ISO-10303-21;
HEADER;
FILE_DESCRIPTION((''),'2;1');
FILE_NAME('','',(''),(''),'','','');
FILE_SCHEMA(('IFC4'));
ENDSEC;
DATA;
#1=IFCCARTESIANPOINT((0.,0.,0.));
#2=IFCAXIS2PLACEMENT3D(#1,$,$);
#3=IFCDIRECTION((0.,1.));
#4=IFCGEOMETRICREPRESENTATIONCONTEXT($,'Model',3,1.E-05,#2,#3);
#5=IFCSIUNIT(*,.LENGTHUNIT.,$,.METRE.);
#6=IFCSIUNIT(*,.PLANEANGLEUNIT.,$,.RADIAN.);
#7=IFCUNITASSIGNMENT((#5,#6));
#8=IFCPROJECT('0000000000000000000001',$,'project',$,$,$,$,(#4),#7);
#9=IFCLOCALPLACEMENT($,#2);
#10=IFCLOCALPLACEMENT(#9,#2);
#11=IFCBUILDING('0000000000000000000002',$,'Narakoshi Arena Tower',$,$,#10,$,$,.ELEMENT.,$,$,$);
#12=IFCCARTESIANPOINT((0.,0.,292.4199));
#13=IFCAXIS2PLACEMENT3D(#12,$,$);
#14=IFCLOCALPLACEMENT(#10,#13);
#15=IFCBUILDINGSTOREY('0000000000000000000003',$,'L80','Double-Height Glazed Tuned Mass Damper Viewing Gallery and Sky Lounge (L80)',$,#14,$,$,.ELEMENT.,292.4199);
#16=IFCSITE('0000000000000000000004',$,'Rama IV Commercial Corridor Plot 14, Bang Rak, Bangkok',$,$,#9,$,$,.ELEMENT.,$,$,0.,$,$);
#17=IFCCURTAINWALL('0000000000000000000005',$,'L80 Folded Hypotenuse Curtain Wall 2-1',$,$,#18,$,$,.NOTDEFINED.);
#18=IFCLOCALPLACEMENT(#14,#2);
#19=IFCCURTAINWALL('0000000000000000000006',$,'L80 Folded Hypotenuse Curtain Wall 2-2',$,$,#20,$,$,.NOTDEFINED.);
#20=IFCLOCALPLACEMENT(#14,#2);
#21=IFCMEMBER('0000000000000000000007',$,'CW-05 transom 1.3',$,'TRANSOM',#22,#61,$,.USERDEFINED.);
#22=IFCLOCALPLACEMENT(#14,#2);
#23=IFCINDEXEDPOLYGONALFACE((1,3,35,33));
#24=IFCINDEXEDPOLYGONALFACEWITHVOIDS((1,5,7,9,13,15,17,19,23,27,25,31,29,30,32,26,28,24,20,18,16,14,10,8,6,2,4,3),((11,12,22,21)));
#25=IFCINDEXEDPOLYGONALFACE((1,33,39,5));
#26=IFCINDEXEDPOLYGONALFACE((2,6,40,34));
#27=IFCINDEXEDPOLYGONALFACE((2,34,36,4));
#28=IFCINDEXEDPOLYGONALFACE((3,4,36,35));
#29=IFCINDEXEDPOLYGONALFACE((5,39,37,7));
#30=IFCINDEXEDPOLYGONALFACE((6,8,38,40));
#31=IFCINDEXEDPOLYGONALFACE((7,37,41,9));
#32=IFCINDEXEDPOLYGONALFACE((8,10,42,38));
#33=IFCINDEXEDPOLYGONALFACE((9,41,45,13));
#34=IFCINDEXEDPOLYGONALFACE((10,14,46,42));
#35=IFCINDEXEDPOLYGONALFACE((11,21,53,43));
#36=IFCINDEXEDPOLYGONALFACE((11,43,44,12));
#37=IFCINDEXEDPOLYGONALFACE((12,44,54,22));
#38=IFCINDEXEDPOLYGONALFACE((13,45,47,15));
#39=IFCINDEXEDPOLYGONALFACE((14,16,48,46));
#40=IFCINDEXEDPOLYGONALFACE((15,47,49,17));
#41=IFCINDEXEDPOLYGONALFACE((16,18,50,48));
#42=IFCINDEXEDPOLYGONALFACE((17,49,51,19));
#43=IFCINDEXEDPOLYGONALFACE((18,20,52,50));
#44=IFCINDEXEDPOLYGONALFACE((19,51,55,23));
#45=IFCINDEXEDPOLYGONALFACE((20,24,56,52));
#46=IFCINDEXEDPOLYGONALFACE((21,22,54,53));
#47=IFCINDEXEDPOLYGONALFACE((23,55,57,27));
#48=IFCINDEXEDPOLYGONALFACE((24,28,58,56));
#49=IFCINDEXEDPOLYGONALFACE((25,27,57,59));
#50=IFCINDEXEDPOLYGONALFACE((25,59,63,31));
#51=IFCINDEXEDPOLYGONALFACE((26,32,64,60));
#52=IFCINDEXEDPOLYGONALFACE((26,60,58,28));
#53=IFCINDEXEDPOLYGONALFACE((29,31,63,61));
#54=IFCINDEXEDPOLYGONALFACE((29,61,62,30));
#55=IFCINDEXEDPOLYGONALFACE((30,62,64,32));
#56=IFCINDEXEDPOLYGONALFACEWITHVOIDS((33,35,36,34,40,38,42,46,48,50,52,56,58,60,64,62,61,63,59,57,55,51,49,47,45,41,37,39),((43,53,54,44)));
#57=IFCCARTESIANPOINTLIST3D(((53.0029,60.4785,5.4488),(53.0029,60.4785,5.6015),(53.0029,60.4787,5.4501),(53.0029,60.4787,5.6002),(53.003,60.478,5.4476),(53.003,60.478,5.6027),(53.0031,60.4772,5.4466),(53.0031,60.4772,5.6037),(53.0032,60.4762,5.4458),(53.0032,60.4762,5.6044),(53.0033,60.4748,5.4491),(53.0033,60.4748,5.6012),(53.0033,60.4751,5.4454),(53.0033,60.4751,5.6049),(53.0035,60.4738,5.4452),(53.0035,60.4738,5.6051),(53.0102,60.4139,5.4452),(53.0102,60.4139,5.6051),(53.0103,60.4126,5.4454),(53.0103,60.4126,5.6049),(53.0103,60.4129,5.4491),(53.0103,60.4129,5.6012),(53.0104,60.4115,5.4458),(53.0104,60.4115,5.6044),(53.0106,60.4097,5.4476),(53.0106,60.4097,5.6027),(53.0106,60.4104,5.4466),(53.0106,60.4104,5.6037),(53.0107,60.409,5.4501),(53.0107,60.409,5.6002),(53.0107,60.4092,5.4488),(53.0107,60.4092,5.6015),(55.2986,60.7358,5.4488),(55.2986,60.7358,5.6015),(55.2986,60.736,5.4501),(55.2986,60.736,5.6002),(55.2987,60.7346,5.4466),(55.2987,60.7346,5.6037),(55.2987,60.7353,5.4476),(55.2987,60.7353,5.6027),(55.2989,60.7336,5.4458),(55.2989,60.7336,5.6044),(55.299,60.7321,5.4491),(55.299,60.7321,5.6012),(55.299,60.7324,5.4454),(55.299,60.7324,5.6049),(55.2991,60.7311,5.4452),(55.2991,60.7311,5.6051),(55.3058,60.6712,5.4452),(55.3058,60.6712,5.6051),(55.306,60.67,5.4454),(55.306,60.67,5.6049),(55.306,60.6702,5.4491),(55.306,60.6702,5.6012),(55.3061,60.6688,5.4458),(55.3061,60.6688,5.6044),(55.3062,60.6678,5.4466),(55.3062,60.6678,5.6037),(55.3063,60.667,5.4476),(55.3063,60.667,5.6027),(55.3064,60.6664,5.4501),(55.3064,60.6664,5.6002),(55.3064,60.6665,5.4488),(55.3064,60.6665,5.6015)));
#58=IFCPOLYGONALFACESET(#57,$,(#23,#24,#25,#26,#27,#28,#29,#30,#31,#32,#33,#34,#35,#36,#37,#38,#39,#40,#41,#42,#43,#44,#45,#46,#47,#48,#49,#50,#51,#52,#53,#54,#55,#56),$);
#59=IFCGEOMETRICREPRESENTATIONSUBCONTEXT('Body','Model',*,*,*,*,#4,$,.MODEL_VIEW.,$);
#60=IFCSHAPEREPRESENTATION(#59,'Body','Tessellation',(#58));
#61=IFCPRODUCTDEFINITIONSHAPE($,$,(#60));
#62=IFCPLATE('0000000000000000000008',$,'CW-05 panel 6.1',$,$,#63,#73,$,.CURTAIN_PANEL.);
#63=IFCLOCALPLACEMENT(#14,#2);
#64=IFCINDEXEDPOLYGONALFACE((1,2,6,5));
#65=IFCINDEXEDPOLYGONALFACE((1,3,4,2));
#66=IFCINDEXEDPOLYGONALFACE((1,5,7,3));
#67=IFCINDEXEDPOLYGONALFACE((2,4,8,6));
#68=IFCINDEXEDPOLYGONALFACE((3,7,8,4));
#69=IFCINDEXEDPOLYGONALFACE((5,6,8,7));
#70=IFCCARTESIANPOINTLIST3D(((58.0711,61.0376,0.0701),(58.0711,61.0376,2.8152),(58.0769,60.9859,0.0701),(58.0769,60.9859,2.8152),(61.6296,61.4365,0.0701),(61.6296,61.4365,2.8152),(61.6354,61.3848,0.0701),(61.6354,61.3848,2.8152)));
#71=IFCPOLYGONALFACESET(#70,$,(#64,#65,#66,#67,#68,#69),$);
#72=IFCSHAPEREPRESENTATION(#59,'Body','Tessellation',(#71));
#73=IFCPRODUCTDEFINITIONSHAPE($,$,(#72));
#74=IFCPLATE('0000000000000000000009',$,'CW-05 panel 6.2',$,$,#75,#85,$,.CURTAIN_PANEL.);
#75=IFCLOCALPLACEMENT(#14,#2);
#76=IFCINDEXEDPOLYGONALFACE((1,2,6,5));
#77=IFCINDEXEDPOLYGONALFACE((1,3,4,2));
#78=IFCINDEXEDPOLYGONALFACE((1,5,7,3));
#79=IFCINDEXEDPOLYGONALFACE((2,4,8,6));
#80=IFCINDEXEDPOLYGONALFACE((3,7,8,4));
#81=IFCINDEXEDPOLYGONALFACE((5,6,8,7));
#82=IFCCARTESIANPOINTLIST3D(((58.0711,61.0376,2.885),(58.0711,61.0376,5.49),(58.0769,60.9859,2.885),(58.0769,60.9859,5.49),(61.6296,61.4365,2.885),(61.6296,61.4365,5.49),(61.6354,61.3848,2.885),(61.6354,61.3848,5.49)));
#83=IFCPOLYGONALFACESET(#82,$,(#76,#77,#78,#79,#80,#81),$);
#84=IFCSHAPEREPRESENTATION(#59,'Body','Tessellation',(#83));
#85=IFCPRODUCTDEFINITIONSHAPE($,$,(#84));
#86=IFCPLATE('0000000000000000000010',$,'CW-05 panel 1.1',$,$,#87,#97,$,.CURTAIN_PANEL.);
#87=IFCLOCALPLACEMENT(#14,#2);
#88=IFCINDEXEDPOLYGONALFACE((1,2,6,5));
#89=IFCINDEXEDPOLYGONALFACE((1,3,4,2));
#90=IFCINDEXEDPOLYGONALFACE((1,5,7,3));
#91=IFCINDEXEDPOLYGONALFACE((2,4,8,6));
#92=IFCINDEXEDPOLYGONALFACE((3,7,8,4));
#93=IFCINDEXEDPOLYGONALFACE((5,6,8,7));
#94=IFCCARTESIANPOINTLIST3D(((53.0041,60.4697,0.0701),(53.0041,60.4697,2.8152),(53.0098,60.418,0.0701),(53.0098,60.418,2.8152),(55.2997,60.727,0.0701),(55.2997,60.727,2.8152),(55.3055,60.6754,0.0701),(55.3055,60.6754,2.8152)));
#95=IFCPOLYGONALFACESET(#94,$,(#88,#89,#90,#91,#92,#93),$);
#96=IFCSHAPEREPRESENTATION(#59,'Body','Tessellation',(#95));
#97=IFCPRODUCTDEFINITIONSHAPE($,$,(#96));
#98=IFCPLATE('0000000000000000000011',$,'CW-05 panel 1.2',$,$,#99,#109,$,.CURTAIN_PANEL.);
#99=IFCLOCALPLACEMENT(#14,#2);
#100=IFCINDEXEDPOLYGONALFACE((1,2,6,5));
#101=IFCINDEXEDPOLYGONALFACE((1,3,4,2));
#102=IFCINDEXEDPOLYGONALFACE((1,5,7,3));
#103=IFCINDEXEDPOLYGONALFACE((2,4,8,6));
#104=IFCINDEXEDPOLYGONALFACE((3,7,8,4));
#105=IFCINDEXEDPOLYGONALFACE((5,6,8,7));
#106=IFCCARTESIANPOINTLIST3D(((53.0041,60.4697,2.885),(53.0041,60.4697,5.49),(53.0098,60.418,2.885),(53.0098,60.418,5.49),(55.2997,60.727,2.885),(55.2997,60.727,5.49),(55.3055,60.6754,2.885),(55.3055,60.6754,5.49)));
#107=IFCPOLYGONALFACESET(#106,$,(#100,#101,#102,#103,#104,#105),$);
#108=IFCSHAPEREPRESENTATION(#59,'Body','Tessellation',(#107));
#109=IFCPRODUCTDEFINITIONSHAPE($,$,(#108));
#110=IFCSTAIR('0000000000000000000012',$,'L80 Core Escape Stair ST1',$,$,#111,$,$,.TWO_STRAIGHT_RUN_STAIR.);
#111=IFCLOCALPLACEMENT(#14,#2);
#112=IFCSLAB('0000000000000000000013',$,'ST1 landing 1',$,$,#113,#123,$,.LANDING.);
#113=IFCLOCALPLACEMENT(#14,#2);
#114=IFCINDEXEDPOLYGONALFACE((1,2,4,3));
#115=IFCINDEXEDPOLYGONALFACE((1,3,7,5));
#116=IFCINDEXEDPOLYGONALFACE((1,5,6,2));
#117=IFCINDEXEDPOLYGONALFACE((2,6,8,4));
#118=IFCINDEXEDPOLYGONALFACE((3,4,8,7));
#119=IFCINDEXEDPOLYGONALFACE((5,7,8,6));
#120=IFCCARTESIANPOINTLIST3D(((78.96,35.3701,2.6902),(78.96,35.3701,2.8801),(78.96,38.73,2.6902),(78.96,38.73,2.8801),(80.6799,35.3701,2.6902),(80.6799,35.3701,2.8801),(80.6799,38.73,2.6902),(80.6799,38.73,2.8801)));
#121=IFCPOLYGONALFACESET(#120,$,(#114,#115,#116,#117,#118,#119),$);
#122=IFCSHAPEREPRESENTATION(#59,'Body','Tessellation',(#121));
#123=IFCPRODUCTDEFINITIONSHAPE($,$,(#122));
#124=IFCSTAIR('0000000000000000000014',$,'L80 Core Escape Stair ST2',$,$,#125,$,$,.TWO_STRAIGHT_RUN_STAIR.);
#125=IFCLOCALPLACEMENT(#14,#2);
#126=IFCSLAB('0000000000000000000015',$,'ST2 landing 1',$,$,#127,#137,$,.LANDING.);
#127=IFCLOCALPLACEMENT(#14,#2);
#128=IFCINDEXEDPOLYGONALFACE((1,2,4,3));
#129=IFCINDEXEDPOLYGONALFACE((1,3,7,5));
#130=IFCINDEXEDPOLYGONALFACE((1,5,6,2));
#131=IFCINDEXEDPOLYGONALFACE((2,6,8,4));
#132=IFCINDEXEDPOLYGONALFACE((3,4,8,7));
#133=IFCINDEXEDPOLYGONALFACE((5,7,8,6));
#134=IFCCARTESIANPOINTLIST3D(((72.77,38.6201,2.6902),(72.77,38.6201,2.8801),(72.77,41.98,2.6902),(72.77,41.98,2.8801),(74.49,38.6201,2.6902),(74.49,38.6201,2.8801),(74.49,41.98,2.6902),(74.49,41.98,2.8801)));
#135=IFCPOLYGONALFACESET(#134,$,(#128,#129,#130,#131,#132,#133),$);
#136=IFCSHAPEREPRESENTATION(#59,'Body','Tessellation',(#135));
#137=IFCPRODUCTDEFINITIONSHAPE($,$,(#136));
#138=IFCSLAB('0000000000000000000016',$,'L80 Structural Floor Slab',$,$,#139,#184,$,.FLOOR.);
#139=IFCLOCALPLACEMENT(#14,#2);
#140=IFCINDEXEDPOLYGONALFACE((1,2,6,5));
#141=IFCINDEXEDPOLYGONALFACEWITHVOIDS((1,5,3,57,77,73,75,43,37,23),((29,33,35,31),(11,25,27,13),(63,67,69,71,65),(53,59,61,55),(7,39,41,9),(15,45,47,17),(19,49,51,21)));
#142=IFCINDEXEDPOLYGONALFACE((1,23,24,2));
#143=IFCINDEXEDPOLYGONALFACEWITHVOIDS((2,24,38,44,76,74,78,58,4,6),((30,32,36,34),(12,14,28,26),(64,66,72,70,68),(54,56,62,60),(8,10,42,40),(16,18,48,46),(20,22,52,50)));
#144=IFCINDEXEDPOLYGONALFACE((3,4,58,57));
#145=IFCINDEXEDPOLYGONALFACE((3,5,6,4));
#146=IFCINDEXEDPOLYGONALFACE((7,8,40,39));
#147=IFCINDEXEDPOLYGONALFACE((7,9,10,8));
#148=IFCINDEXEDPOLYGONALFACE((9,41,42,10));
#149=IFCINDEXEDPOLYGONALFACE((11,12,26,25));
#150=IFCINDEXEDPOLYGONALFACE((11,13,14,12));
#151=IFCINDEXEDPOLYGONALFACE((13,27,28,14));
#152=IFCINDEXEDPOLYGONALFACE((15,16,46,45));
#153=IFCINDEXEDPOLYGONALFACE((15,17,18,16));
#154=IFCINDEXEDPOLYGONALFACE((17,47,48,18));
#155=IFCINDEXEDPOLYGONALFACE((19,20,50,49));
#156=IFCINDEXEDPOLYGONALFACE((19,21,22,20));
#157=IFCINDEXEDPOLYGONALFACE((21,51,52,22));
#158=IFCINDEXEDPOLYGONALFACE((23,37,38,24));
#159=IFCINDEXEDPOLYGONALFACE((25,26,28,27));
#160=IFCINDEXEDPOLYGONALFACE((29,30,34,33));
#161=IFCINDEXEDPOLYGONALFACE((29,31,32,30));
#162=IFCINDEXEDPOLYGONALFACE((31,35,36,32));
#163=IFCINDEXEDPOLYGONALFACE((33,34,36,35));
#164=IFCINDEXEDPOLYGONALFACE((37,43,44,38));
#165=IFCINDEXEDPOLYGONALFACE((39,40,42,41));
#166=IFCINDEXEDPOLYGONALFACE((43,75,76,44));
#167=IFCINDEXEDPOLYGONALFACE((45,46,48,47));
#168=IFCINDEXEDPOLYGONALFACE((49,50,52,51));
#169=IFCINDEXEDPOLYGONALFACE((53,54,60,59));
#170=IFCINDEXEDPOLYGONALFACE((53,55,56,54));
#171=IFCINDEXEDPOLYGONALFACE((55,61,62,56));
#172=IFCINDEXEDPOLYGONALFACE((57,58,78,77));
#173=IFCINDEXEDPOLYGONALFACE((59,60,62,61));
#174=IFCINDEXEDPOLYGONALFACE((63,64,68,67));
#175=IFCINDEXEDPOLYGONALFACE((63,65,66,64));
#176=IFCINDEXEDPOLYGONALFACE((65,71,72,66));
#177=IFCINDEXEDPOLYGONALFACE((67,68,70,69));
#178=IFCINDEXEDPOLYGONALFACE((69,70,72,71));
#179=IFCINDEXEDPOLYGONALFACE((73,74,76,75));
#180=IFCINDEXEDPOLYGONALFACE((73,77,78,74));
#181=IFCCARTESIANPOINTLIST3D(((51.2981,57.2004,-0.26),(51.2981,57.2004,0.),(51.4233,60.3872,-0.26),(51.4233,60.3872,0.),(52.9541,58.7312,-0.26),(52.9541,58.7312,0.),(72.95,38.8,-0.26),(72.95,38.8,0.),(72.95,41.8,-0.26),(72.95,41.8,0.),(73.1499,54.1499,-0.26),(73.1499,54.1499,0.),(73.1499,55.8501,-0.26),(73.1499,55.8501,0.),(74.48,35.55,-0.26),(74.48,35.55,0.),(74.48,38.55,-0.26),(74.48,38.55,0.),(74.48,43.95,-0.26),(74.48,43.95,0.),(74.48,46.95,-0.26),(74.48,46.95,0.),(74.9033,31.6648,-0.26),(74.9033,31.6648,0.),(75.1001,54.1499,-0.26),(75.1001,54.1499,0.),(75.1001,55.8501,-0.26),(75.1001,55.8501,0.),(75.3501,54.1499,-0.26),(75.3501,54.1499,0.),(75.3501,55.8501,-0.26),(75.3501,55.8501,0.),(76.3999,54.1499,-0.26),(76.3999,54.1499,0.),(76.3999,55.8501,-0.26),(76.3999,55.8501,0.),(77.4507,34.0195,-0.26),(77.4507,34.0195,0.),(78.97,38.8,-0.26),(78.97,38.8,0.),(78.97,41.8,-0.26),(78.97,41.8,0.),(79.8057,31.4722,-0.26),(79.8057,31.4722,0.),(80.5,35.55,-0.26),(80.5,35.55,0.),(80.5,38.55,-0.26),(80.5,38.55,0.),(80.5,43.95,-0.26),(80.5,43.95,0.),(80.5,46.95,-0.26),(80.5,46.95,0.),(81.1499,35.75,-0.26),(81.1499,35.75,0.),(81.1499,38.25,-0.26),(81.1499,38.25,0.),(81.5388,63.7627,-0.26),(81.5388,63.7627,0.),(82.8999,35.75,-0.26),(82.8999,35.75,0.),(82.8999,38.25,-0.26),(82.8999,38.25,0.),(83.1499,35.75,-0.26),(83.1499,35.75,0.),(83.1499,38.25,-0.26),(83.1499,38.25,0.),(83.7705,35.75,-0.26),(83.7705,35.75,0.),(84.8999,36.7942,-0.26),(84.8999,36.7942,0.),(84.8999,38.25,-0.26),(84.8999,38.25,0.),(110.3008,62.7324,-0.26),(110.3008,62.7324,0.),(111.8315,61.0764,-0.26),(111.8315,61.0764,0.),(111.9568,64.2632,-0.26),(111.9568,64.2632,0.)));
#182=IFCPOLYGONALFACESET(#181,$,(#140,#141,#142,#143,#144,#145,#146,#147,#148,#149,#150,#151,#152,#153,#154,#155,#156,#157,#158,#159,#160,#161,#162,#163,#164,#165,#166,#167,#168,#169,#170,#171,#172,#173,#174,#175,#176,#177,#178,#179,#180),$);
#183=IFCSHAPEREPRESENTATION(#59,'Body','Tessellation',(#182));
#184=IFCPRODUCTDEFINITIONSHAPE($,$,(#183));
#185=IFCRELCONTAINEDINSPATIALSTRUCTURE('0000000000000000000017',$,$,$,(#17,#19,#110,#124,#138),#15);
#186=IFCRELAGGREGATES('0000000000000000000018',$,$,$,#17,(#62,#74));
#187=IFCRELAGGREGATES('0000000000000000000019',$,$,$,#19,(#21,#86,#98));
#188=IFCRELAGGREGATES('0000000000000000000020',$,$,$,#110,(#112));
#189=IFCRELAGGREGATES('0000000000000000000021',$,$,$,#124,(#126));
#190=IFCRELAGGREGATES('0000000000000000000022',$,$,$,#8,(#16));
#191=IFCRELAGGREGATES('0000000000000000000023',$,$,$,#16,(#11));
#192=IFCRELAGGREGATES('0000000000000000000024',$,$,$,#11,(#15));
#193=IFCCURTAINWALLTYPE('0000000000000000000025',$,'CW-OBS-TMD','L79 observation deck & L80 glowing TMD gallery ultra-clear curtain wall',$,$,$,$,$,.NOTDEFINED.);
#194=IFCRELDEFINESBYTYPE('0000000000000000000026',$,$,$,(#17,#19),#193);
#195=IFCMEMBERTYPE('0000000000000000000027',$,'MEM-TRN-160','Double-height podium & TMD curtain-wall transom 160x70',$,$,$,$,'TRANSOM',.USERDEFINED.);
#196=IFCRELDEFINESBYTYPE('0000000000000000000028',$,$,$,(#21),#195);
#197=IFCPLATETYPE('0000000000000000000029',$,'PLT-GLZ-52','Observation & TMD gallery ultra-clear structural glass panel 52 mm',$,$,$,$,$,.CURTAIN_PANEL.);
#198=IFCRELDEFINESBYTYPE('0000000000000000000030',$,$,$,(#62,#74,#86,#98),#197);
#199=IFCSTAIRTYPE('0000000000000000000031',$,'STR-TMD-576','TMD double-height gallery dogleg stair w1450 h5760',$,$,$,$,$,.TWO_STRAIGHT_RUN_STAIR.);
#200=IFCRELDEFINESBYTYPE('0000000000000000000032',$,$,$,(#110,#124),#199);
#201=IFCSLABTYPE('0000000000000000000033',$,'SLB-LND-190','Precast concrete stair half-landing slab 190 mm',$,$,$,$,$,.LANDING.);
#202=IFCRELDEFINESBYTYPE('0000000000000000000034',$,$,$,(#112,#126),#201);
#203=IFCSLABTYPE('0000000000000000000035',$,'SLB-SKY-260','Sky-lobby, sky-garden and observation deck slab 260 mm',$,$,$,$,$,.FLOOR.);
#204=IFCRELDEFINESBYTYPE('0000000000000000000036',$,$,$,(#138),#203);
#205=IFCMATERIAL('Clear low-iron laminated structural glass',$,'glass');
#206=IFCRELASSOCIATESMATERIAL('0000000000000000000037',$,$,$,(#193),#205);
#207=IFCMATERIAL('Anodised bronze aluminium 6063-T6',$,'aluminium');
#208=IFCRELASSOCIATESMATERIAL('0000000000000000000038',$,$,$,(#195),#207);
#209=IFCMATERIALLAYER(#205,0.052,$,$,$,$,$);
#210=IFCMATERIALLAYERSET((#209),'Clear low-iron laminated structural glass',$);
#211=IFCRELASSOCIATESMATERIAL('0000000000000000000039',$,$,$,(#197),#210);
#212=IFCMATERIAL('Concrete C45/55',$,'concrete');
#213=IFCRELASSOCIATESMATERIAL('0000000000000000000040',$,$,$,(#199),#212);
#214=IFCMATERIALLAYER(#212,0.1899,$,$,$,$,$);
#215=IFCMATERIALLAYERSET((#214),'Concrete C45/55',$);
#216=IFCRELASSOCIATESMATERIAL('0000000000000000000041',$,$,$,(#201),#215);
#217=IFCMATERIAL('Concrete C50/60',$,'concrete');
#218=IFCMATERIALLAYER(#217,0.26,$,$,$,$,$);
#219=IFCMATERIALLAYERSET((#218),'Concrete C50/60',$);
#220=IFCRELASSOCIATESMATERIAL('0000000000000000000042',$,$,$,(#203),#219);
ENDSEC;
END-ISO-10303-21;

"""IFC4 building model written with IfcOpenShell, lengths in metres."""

from ifc_helpers import new_model, si_unit, direction, frame, origin, origin_2d, place, context, subcontext, project, spatial, polyline, rectangle, hollow_rectangle, outline, extrude, material, layer, layer_set, material_profile, profile_set, type_object, element, aggregate, save


model = new_model("IFC4")

# Units and contexts
model_context = context("Model", 3, precision=1e-05, world=origin(), true_north=direction((0.0, 1.0)))
body_context = subcontext(model_context, "Body", "Model", "MODEL_VIEW")
ifc_project = project(units=[si_unit("LENGTHUNIT", "METRE"), si_unit("PLANEANGLEUNIT", "RADIAN")], contexts=[model_context])

# Site, building, storey
site_placement = place(None, origin())
site = spatial("IfcSite", under=ifc_project, at=site_placement, Name="Rama IV Commercial Corridor Plot 14, Bang Rak, Bangkok", CompositionType="ELEMENT", RefElevation=0.0)
building_placement = place(site_placement, origin())
building = spatial("IfcBuilding", under=site, at=building_placement, Name="Narakoshi Arena Tower", CompositionType="ELEMENT")
storey_placement = place(building_placement, frame((0.0, 0.0, 292.4199)))
storey = spatial("IfcBuildingStorey", under=building, at=storey_placement, Name="L80", Description="Double-Height Glazed Tuned Mass Damper Viewing Gallery and Sky Lounge (L80)", CompositionType="ELEMENT", Elevation=292.4199)

# Curtain walls
ifc_material_1 = material(Name="Clear low-iron laminated structural glass", Category="glass")
curtain_wall_type = type_object("IfcCurtainWallType", Name="CW-OBS-TMD", Description="L79 observation deck & L80 glowing TMD gallery ultra-clear curtain wall", PredefinedType="NOTDEFINED", material=ifc_material_1)
curtain_wall_1_placement = place(storey_placement, origin())
curtain_wall_1 = element("IfcCurtainWall", 1, at=curtain_wall_1_placement, inside=storey, type_object=curtain_wall_type, Name="L80 Folded Hypotenuse Curtain Wall 2-1", PredefinedType="NOTDEFINED")
ifc_material_2 = material(Name="Anodised bronze aluminium 6063-T6", Category="aluminium")
curtain_wall_2_placement = place(storey_placement, origin())
curtain_wall_2 = element("IfcCurtainWall", 2, at=curtain_wall_2_placement, inside=storey, type_object=curtain_wall_type, Name="L80 Folded Hypotenuse Curtain Wall 2-2", PredefinedType="NOTDEFINED")

# Member
ifc_material_profile_1 = material_profile(ifc_material_2, hollow_rectangle(XDim=0.0701, YDim=0.1599, WallThickness=0.0039, OuterFilletRadius=0.0049, at=origin_2d()), Name="TRN160x70x4")
ifc_profile_set_1 = profile_set([ifc_material_profile_1], Name="Anodised bronze aluminium 6063-T6")
member_type_1 = type_object("IfcMemberType", Name="MEM-TRN-160", Description="Double-height podium & TMD curtain-wall transom 160x70", ElementType="TRANSOM", PredefinedType="USERDEFINED", material=ifc_profile_set_1)
member_1_placement = place(storey_placement, frame((55.3025, 60.7012, 5.5251), z_axis=(-0.993776, -0.111394, 0.0), x_axis=(0.111394, -0.993776, 0.0)))
member_1 = element("IfcMember", 3, at=member_1_placement, type_object=member_type_1, Name="CW-05 transom 1.3", ObjectType="TRANSOM", PredefinedType="USERDEFINED", context=body_context, shape_type="SweptSolid", body=[
    extrude(hollow_rectangle(XDim=0.0701, YDim=0.1599, WallThickness=0.0039, OuterFilletRadius=0.0049, at=origin_2d()), origin(), (0.0, 0.0, 1.0), 2.3101),
])

# Plates
ifc_layer_1 = layer(ifc_material_1, 0.052)
ifc_layer_set_1 = layer_set([ifc_layer_1], Name="Clear low-iron laminated structural glass")
plate_type = type_object("IfcPlateType", Name="PLT-GLZ-52", Description="Observation & TMD gallery ultra-clear structural glass panel 52 mm", PredefinedType="CURTAIN_PANEL", material=ifc_layer_set_1)
plate_1_placement = place(storey_placement, frame((59.8533, 61.2112, 0.0701), z_axis=(0.0, 0.0, 1.0), x_axis=(-0.993776, -0.111397, 0.0)))
plate_1 = element("IfcPlate", 4, at=plate_1_placement, type_object=plate_type, Name="CW-05 panel 6.1", PredefinedType="CURTAIN_PANEL", context=body_context, shape_type="SweptSolid", body=[
    extrude(rectangle(XDim=3.5808, YDim=0.052, at=origin_2d()), origin(), (0.0, 0.0, 1.0), 2.7451),
])
plate_2_placement = place(storey_placement, frame((59.8533, 61.2112, 2.885), z_axis=(0.0, 0.0, 1.0), x_axis=(-0.993776, -0.111397, 0.0)))
plate_2 = element("IfcPlate", 5, at=plate_2_placement, type_object=plate_type, Name="CW-05 panel 6.2", PredefinedType="CURTAIN_PANEL", context=body_context, shape_type="SweptSolid", body=[
    extrude(rectangle(XDim=3.5808, YDim=0.052, at=origin_2d()), origin(), (0.0, 0.0, 1.0), 2.605),
])
aggregate(curtain_wall_1, [plate_1, plate_2])
plate_3_placement = place(storey_placement, frame((54.1548, 60.5725, 0.0701), z_axis=(0.0, 0.0, 1.0), x_axis=(-0.993774, -0.111418, 0.0)))
plate_3 = element("IfcPlate", 6, at=plate_3_placement, type_object=plate_type, Name="CW-05 panel 1.1", PredefinedType="CURTAIN_PANEL", context=body_context, shape_type="SweptSolid", body=[
    extrude(rectangle(XDim=2.3101, YDim=0.052, at=origin_2d()), origin(), (0.0, 0.0, 1.0), 2.7451),
])
plate_4_placement = place(storey_placement, frame((54.1548, 60.5725, 2.885), z_axis=(0.0, 0.0, 1.0), x_axis=(-0.993774, -0.111418, 0.0)))
plate_4 = element("IfcPlate", 7, at=plate_4_placement, type_object=plate_type, Name="CW-05 panel 1.2", PredefinedType="CURTAIN_PANEL", context=body_context, shape_type="SweptSolid", body=[
    extrude(rectangle(XDim=2.3101, YDim=0.052, at=origin_2d()), origin(), (0.0, 0.0, 1.0), 2.605),
])
aggregate(curtain_wall_2, [member_1, plate_3, plate_4])

# Stairs, slabs
ifc_material_3 = material(Name="Concrete C45/55", Category="concrete")
stair_type = type_object("IfcStairType", Name="STR-TMD-576", Description="TMD double-height gallery dogleg stair w1450 h5760", PredefinedType="TWO_STRAIGHT_RUN_STAIR", material=ifc_material_3)
stair_1_placement = place(storey_placement, origin())
stair_1 = element("IfcStair", 8, at=stair_1_placement, inside=storey, type_object=stair_type, Name="L80 Core Escape Stair ST1", PredefinedType="TWO_STRAIGHT_RUN_STAIR")
ifc_layer_2 = layer(ifc_material_3, 0.1899)
ifc_layer_set_2 = layer_set([ifc_layer_2], Name="Concrete C45/55")
slab_type_1 = type_object("IfcSlabType", Name="SLB-LND-190", Description="Precast concrete stair half-landing slab 190 mm", PredefinedType="LANDING", material=ifc_layer_set_2)
slab_1_placement = place(storey_placement, frame((0.0, 0.0, 2.6902)))
slab_1 = element("IfcSlab", 9, at=slab_1_placement, type_object=slab_type_1, Name="ST1 landing 1", PredefinedType="LANDING", context=body_context, shape_type="SweptSolid", body=[
    extrude(outline(polyline([(78.96, 35.3701), (80.6799, 35.3701), (80.6799, 38.73), (78.96, 38.73), (78.96, 35.3701)])), origin(), (0.0, 0.0, 1.0), 0.1899),
])
aggregate(stair_1, [slab_1])
stair_2_placement = place(storey_placement, origin())
stair_2 = element("IfcStair", 10, at=stair_2_placement, inside=storey, type_object=stair_type, Name="L80 Core Escape Stair ST2", PredefinedType="TWO_STRAIGHT_RUN_STAIR")
slab_2_placement = place(storey_placement, frame((0.0, 0.0, 2.6902)))
slab_2 = element("IfcSlab", 11, at=slab_2_placement, type_object=slab_type_1, Name="ST2 landing 1", PredefinedType="LANDING", context=body_context, shape_type="SweptSolid", body=[
    extrude(outline(polyline([(72.77, 38.6201), (74.49, 38.6201), (74.49, 41.98), (72.77, 41.98), (72.77, 38.6201)])), origin(), (0.0, 0.0, 1.0), 0.1899),
])
aggregate(stair_2, [slab_2])

# Slab
ifc_material_4 = material(Name="Concrete C50/60", Category="concrete")
ifc_layer_3 = layer(ifc_material_4, 0.26)
ifc_layer_set_3 = layer_set([ifc_layer_3], Name="Concrete C50/60")
slab_type_2 = type_object("IfcSlabType", Name="SLB-SKY-260", Description="Sky-lobby, sky-garden and observation deck slab 260 mm", PredefinedType="FLOOR", material=ifc_layer_set_3)
slab_3_placement = place(storey_placement, frame((0.0, 0.0, -0.26)))
element("IfcSlab", 12, at=slab_3_placement, inside=storey, type_object=slab_type_2, Name="L80 Structural Floor Slab", PredefinedType="FLOOR", context=body_context, shape_type="SweptSolid", body=[
    extrude(outline(polyline([(79.8057, 31.4722), (111.8315, 61.0764), (110.3008, 62.7324), (111.9568, 64.2632), (81.5388, 63.7627), (51.4233, 60.3872), (52.9541, 58.7312), (51.2981, 57.2004), (74.9033, 31.6648), (77.4507, 34.0195), (79.8057, 31.4722)]), holes=[polyline([(80.5, 35.55), (74.48, 35.55), (74.48, 38.55), (80.5, 38.55), (80.5, 35.55)]), polyline([(82.8999, 38.25), (82.8999, 35.75), (81.1499, 35.75), (81.1499, 38.25), (82.8999, 38.25)]), polyline([(84.8999, 36.7942), (83.7705, 35.75), (83.1499, 35.75), (83.1499, 38.25), (84.8999, 38.25), (84.8999, 36.7942)]), polyline([(78.97, 38.8), (72.95, 38.8), (72.95, 41.8), (78.97, 41.8), (78.97, 38.8)]), polyline([(80.5, 43.95), (74.48, 43.95), (74.48, 46.95), (80.5, 46.95), (80.5, 43.95)]), polyline([(75.1001, 54.1499), (73.1499, 54.1499), (73.1499, 55.8501), (75.1001, 55.8501), (75.1001, 54.1499)]), polyline([(76.3999, 54.1499), (75.3501, 54.1499), (75.3501, 55.8501), (76.3999, 55.8501), (76.3999, 54.1499)])]), origin(), (0.0, 0.0, 1.0), 0.26),
])

save(model, "model.ifc")
